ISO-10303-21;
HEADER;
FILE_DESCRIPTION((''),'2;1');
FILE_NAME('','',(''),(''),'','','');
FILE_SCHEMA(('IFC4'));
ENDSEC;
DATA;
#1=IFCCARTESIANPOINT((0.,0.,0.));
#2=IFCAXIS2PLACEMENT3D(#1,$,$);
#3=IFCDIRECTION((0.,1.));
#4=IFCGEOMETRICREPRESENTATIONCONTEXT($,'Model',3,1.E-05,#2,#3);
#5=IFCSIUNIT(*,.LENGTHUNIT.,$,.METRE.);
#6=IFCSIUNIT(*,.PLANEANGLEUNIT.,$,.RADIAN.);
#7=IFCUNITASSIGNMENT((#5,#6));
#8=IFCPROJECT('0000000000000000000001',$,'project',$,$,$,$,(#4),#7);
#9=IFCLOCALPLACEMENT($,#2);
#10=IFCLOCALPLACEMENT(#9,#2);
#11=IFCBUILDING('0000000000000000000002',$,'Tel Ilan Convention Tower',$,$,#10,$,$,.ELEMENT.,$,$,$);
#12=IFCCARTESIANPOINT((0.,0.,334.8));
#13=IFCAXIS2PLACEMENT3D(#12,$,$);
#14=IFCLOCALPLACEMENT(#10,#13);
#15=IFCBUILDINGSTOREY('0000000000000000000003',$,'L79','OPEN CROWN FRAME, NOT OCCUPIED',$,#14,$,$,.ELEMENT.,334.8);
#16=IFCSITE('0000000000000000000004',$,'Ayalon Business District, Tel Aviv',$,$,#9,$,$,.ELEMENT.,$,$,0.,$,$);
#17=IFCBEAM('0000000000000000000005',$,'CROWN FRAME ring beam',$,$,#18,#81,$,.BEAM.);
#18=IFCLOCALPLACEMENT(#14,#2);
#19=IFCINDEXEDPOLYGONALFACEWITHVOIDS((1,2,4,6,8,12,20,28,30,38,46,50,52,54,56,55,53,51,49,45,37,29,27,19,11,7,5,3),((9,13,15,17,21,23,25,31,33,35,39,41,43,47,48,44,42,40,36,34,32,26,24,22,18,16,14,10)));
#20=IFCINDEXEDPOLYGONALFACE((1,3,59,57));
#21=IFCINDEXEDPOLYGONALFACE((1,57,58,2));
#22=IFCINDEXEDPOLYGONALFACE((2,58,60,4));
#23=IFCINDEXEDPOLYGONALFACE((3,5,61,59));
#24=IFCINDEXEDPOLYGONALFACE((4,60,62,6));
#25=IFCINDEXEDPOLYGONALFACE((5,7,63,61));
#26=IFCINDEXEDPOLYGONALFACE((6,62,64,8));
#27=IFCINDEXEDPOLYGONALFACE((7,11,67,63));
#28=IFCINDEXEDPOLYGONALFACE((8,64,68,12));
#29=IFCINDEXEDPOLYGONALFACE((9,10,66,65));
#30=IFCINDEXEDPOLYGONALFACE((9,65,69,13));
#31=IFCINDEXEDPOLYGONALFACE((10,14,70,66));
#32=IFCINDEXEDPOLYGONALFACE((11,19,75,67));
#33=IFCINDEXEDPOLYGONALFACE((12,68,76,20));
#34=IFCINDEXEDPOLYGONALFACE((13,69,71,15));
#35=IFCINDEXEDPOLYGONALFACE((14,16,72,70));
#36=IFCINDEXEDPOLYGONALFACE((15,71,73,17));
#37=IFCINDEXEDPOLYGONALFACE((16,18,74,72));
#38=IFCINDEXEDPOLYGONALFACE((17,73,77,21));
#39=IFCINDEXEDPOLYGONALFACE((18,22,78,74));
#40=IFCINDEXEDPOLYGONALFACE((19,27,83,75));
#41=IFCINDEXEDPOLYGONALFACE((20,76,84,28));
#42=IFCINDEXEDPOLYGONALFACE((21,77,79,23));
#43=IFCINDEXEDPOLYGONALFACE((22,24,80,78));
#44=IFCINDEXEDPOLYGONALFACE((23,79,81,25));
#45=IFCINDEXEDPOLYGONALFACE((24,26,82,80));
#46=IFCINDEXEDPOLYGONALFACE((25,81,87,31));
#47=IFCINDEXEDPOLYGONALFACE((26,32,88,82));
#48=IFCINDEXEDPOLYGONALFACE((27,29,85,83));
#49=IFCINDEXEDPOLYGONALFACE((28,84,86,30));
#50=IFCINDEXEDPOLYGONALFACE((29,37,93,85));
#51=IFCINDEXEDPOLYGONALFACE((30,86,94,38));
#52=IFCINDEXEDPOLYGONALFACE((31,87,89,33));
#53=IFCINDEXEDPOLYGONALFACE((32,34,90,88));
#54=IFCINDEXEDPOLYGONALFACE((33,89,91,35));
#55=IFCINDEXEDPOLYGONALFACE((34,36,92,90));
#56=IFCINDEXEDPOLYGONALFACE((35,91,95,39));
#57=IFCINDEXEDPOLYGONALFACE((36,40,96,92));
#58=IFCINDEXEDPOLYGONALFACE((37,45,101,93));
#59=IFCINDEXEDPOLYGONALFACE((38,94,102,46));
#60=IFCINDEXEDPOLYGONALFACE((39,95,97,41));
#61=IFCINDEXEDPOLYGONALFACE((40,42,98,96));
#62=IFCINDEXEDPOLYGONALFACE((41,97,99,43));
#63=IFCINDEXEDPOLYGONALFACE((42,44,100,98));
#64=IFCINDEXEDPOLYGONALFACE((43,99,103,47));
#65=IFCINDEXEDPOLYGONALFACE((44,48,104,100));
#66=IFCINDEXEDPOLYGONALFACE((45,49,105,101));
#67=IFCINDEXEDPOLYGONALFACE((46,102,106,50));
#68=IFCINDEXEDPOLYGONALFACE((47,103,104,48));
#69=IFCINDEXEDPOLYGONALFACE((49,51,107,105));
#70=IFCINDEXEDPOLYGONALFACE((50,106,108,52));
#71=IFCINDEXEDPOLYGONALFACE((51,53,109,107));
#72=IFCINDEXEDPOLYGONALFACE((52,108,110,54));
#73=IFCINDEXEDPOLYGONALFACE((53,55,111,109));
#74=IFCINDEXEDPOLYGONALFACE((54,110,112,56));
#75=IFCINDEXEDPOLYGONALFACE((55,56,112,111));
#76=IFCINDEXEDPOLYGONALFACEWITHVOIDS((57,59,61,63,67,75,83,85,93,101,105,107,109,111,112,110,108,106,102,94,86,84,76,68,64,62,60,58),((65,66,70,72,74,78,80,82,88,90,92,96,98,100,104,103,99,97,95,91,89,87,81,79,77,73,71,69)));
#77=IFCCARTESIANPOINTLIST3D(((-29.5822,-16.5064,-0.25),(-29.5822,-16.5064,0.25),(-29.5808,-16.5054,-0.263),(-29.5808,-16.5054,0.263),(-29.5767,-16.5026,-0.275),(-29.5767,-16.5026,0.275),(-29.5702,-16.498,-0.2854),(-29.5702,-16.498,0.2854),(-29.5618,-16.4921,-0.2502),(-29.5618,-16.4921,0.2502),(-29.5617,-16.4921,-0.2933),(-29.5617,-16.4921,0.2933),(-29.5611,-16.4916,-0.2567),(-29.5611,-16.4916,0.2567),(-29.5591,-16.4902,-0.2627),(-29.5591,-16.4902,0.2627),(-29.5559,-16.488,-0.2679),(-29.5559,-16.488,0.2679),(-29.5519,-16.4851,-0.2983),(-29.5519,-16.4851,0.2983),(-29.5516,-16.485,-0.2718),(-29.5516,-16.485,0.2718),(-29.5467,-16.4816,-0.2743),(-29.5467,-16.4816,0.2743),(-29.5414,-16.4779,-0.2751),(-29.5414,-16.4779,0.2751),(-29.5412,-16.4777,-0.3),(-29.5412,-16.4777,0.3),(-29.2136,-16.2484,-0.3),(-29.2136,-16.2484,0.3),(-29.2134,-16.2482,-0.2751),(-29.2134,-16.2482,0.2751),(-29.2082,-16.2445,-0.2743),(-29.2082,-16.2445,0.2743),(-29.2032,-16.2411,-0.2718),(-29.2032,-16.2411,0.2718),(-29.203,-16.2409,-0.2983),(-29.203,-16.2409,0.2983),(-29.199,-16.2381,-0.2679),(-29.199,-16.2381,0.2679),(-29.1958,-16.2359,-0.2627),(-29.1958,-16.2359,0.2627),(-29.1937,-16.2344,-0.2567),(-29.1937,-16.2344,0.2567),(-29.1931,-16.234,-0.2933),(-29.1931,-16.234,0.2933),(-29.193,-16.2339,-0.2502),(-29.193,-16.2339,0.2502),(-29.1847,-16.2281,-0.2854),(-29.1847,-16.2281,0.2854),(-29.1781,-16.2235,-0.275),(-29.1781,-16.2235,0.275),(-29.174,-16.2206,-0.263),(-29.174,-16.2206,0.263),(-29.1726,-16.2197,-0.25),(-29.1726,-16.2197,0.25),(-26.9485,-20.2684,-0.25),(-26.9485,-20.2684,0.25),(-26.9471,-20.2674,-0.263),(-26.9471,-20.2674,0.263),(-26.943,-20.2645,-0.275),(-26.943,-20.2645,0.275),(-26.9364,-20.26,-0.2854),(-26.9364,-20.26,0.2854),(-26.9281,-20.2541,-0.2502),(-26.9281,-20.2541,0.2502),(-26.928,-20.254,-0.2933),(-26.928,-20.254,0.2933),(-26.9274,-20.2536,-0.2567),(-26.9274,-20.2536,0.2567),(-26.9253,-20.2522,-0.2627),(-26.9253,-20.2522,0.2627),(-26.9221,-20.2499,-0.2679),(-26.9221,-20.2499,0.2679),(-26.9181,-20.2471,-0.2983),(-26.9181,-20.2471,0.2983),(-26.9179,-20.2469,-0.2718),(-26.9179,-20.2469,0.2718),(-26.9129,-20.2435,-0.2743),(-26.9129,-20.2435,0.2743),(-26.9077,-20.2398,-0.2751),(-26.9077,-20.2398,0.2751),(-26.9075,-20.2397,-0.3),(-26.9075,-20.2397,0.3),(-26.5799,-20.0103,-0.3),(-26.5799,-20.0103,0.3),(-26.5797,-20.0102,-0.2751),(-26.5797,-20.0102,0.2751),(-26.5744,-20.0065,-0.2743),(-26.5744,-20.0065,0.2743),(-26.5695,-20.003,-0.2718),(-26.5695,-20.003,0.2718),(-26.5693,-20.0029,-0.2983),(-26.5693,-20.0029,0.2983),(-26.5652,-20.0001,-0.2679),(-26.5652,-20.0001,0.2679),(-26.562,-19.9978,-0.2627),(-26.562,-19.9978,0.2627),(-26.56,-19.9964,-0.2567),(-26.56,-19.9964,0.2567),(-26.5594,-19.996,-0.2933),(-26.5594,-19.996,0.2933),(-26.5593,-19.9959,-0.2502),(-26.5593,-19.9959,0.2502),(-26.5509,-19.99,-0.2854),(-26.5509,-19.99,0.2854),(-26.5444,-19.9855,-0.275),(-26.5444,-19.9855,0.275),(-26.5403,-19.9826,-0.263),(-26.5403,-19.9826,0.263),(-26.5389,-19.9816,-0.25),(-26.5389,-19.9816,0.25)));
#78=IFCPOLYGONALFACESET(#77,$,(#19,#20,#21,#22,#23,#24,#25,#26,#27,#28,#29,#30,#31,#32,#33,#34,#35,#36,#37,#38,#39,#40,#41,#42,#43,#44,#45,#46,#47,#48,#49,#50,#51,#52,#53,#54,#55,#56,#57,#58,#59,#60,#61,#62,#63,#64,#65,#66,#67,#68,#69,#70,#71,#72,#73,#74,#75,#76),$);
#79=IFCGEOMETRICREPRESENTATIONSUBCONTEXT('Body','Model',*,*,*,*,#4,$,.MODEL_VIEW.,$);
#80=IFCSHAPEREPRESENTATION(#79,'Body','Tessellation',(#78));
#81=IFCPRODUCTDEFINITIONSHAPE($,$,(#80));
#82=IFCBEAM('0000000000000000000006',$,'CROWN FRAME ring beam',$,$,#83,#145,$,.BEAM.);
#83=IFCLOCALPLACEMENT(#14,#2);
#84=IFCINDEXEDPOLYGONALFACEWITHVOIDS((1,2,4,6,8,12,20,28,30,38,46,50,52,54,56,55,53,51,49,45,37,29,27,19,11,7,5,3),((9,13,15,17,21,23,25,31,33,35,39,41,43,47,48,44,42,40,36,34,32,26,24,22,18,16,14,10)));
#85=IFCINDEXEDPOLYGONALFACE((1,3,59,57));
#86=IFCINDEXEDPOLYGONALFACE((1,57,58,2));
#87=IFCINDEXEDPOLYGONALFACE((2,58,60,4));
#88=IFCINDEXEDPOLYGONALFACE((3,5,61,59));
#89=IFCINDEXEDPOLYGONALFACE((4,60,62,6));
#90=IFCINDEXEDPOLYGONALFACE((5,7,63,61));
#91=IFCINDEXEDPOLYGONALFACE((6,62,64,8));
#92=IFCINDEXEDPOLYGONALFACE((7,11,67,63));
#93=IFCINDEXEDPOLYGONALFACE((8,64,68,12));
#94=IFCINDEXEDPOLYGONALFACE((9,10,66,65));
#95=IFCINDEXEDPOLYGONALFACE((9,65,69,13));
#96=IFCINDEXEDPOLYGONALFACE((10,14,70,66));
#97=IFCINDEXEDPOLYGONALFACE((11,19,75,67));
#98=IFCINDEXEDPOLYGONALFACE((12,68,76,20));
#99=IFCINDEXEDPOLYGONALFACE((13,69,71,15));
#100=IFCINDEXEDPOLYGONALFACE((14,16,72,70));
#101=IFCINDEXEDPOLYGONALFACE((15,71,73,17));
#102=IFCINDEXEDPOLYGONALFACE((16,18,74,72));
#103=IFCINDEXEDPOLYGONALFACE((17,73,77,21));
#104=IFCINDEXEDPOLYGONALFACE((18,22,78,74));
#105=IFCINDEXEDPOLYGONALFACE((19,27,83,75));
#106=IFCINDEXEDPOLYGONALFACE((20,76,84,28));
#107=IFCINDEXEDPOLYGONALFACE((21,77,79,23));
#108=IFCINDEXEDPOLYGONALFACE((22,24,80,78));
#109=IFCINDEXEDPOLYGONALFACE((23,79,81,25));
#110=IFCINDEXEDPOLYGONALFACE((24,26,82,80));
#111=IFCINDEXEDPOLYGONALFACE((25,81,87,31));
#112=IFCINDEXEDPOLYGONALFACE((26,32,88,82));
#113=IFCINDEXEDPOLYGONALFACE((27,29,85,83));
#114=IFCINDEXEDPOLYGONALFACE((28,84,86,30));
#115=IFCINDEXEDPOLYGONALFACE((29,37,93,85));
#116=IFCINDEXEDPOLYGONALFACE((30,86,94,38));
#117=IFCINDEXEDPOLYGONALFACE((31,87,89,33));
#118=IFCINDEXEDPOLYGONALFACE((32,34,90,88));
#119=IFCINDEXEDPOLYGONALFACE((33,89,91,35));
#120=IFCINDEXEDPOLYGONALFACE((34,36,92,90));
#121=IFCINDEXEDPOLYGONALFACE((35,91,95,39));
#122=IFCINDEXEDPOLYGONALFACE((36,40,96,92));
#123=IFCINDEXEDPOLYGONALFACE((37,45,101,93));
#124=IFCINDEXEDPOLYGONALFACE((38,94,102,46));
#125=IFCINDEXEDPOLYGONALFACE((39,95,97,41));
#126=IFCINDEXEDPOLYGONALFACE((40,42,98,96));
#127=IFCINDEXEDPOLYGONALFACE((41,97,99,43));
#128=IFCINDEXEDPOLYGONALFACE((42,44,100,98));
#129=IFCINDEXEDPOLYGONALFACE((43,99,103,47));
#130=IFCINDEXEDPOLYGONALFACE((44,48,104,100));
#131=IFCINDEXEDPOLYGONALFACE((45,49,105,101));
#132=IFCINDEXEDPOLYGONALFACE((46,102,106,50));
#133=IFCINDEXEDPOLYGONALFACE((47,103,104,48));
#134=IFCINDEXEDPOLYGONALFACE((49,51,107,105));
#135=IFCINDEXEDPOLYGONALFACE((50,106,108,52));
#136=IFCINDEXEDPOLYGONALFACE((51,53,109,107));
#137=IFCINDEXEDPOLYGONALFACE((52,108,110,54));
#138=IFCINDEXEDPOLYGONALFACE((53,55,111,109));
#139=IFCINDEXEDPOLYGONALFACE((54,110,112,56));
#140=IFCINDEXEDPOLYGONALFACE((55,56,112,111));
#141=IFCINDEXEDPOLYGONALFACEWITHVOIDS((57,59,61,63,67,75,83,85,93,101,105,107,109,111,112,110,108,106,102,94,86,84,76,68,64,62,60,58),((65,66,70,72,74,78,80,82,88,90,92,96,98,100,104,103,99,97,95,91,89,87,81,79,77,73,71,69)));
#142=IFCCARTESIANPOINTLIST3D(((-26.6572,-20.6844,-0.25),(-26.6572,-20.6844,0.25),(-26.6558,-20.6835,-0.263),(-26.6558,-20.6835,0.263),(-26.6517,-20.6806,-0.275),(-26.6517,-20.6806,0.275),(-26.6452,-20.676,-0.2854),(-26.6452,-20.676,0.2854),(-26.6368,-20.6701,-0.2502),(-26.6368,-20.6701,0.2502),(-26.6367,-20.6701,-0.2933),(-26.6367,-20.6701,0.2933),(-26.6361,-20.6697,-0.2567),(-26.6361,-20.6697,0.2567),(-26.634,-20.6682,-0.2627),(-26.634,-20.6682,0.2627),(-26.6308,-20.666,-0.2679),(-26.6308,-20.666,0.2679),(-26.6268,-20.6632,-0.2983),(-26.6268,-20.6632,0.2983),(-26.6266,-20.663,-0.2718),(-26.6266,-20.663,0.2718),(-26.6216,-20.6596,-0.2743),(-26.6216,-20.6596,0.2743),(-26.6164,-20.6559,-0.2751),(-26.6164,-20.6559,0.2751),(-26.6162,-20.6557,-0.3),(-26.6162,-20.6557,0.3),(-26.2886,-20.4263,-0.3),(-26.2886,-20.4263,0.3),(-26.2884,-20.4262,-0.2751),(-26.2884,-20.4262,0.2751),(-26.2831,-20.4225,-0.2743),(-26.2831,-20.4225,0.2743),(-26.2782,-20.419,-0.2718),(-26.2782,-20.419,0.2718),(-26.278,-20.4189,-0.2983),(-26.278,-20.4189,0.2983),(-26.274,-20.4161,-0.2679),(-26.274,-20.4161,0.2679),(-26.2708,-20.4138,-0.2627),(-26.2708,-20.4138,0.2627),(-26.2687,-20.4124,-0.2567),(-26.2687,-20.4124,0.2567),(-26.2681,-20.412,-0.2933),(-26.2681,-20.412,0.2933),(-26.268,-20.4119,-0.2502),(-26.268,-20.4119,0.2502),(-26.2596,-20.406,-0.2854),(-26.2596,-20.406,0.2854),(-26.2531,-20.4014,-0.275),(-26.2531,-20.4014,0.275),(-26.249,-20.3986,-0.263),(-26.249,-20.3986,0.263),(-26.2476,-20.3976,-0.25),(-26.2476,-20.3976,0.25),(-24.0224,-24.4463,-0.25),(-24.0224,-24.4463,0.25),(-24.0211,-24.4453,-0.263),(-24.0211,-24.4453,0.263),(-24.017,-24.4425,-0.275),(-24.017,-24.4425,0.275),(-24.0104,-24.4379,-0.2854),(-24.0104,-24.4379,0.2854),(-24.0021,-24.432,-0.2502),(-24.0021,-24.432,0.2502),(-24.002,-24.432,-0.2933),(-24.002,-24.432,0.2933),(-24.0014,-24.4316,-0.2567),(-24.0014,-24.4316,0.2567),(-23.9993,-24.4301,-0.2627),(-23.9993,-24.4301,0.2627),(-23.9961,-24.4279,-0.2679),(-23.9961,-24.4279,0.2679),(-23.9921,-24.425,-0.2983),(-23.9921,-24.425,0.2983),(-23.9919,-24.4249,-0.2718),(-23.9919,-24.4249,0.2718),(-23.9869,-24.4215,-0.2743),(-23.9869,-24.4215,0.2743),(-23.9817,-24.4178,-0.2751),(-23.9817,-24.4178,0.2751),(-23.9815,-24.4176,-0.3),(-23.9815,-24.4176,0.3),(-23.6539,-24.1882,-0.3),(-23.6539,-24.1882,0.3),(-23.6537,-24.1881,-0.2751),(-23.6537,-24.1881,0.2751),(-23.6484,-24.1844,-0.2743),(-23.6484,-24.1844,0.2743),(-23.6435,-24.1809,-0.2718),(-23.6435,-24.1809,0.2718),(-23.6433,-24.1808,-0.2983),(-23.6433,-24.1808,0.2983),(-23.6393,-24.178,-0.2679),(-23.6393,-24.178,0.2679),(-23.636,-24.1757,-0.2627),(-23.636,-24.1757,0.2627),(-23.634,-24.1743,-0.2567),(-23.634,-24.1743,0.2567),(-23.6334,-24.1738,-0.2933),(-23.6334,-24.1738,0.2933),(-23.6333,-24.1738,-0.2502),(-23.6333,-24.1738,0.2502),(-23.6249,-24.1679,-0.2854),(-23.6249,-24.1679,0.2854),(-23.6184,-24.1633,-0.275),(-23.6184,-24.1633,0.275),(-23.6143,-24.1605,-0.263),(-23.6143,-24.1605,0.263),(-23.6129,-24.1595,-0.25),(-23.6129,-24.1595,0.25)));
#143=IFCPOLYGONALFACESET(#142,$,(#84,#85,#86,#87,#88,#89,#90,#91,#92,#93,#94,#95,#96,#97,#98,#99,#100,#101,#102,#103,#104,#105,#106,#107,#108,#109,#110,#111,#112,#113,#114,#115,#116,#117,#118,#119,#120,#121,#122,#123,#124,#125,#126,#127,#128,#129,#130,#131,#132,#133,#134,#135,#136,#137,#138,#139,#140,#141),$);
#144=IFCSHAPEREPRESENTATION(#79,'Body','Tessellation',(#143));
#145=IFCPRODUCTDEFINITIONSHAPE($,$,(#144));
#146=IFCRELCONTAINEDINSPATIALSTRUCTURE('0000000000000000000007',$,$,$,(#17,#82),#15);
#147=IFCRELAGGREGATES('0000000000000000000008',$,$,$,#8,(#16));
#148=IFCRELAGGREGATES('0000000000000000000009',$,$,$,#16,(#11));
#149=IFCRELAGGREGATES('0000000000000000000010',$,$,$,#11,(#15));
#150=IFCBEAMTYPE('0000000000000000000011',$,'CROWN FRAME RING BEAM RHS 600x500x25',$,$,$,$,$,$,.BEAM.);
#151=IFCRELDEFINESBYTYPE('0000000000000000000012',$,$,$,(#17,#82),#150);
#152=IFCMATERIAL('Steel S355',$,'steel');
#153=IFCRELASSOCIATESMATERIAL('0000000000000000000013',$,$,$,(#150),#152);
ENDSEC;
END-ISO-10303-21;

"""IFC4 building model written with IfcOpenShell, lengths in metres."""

from ifc_helpers import new_model, si_unit, direction, frame, origin, origin_2d, place, context, subcontext, project, spatial, hollow_rectangle, extrude, material, material_profile, profile_set, type_object, element, save


model = new_model("IFC4")

# Units and contexts
model_context = context("Model", 3, precision=1e-05, world=origin(), true_north=direction((0.0, 1.0)))
body_context = subcontext(model_context, "Body", "Model", "MODEL_VIEW")
ifc_project = project(units=[si_unit("LENGTHUNIT", "METRE"), si_unit("PLANEANGLEUNIT", "RADIAN")], contexts=[model_context])

# Site, building, storey
site_placement = place(None, origin())
site = spatial("IfcSite", under=ifc_project, at=site_placement, Name="Ayalon Business District, Tel Aviv", CompositionType="ELEMENT", RefElevation=0.0)
building_placement = place(site_placement, origin())
building = spatial("IfcBuilding", under=site, at=building_placement, Name="Tel Ilan Convention Tower", CompositionType="ELEMENT")
storey_placement = place(building_placement, frame((0.0, 0.0, 334.8)))
storey = spatial("IfcBuildingStorey", under=building, at=storey_placement, Name="L79", Description="OPEN CROWN FRAME, NOT OCCUPIED", CompositionType="ELEMENT", Elevation=334.8)

# Beams
ifc_material_1 = material(Name="Steel S355", Category="steel")
ifc_material_profile_1 = material_profile(ifc_material_1, hollow_rectangle(XDim=0.5, YDim=0.6001, WallThickness=0.0249, InnerFilletRadius=0.0249, OuterFilletRadius=0.05, at=origin_2d()), Name="RHS 600x500x25")
ifc_profile_set_1 = profile_set([ifc_material_profile_1], Name="Steel S355")
beam_type = type_object("IfcBeamType", Name="CROWN FRAME RING BEAM RHS 600x500x25", PredefinedType="BEAM", material=ifc_profile_set_1)
beam_1_placement = place(storey_placement, frame((-29.3774, -16.363, 0.0), z_axis=(0.573523, -0.819189, 0.0), x_axis=(0.819189, 0.573523, 0.0)))
element("IfcBeam", 1, at=beam_1_placement, inside=storey, type_object=beam_type, Name="CROWN FRAME ring beam", PredefinedType="BEAM", context=body_context, shape_type="SweptSolid", body=[
    extrude(hollow_rectangle(XDim=0.5, YDim=0.6001, WallThickness=0.0249, InnerFilletRadius=0.0249, OuterFilletRadius=0.05, at=origin_2d()), origin(), (0.0, 0.0, 1.0), 4.5923),
])
beam_2_placement = place(storey_placement, frame((-26.4524, -20.541, 0.0), z_axis=(0.573666, -0.81909, 0.0), x_axis=(0.81909, 0.573666, 0.0)))
element("IfcBeam", 2, at=beam_2_placement, inside=storey, type_object=beam_type, Name="CROWN FRAME ring beam", PredefinedType="BEAM", context=body_context, shape_type="SweptSolid", body=[
    extrude(hollow_rectangle(XDim=0.5, YDim=0.6001, WallThickness=0.0249, InnerFilletRadius=0.0249, OuterFilletRadius=0.05, at=origin_2d()), origin(), (0.0, 0.0, 1.0), 4.5928),
])

save(model, "model.ifc")
